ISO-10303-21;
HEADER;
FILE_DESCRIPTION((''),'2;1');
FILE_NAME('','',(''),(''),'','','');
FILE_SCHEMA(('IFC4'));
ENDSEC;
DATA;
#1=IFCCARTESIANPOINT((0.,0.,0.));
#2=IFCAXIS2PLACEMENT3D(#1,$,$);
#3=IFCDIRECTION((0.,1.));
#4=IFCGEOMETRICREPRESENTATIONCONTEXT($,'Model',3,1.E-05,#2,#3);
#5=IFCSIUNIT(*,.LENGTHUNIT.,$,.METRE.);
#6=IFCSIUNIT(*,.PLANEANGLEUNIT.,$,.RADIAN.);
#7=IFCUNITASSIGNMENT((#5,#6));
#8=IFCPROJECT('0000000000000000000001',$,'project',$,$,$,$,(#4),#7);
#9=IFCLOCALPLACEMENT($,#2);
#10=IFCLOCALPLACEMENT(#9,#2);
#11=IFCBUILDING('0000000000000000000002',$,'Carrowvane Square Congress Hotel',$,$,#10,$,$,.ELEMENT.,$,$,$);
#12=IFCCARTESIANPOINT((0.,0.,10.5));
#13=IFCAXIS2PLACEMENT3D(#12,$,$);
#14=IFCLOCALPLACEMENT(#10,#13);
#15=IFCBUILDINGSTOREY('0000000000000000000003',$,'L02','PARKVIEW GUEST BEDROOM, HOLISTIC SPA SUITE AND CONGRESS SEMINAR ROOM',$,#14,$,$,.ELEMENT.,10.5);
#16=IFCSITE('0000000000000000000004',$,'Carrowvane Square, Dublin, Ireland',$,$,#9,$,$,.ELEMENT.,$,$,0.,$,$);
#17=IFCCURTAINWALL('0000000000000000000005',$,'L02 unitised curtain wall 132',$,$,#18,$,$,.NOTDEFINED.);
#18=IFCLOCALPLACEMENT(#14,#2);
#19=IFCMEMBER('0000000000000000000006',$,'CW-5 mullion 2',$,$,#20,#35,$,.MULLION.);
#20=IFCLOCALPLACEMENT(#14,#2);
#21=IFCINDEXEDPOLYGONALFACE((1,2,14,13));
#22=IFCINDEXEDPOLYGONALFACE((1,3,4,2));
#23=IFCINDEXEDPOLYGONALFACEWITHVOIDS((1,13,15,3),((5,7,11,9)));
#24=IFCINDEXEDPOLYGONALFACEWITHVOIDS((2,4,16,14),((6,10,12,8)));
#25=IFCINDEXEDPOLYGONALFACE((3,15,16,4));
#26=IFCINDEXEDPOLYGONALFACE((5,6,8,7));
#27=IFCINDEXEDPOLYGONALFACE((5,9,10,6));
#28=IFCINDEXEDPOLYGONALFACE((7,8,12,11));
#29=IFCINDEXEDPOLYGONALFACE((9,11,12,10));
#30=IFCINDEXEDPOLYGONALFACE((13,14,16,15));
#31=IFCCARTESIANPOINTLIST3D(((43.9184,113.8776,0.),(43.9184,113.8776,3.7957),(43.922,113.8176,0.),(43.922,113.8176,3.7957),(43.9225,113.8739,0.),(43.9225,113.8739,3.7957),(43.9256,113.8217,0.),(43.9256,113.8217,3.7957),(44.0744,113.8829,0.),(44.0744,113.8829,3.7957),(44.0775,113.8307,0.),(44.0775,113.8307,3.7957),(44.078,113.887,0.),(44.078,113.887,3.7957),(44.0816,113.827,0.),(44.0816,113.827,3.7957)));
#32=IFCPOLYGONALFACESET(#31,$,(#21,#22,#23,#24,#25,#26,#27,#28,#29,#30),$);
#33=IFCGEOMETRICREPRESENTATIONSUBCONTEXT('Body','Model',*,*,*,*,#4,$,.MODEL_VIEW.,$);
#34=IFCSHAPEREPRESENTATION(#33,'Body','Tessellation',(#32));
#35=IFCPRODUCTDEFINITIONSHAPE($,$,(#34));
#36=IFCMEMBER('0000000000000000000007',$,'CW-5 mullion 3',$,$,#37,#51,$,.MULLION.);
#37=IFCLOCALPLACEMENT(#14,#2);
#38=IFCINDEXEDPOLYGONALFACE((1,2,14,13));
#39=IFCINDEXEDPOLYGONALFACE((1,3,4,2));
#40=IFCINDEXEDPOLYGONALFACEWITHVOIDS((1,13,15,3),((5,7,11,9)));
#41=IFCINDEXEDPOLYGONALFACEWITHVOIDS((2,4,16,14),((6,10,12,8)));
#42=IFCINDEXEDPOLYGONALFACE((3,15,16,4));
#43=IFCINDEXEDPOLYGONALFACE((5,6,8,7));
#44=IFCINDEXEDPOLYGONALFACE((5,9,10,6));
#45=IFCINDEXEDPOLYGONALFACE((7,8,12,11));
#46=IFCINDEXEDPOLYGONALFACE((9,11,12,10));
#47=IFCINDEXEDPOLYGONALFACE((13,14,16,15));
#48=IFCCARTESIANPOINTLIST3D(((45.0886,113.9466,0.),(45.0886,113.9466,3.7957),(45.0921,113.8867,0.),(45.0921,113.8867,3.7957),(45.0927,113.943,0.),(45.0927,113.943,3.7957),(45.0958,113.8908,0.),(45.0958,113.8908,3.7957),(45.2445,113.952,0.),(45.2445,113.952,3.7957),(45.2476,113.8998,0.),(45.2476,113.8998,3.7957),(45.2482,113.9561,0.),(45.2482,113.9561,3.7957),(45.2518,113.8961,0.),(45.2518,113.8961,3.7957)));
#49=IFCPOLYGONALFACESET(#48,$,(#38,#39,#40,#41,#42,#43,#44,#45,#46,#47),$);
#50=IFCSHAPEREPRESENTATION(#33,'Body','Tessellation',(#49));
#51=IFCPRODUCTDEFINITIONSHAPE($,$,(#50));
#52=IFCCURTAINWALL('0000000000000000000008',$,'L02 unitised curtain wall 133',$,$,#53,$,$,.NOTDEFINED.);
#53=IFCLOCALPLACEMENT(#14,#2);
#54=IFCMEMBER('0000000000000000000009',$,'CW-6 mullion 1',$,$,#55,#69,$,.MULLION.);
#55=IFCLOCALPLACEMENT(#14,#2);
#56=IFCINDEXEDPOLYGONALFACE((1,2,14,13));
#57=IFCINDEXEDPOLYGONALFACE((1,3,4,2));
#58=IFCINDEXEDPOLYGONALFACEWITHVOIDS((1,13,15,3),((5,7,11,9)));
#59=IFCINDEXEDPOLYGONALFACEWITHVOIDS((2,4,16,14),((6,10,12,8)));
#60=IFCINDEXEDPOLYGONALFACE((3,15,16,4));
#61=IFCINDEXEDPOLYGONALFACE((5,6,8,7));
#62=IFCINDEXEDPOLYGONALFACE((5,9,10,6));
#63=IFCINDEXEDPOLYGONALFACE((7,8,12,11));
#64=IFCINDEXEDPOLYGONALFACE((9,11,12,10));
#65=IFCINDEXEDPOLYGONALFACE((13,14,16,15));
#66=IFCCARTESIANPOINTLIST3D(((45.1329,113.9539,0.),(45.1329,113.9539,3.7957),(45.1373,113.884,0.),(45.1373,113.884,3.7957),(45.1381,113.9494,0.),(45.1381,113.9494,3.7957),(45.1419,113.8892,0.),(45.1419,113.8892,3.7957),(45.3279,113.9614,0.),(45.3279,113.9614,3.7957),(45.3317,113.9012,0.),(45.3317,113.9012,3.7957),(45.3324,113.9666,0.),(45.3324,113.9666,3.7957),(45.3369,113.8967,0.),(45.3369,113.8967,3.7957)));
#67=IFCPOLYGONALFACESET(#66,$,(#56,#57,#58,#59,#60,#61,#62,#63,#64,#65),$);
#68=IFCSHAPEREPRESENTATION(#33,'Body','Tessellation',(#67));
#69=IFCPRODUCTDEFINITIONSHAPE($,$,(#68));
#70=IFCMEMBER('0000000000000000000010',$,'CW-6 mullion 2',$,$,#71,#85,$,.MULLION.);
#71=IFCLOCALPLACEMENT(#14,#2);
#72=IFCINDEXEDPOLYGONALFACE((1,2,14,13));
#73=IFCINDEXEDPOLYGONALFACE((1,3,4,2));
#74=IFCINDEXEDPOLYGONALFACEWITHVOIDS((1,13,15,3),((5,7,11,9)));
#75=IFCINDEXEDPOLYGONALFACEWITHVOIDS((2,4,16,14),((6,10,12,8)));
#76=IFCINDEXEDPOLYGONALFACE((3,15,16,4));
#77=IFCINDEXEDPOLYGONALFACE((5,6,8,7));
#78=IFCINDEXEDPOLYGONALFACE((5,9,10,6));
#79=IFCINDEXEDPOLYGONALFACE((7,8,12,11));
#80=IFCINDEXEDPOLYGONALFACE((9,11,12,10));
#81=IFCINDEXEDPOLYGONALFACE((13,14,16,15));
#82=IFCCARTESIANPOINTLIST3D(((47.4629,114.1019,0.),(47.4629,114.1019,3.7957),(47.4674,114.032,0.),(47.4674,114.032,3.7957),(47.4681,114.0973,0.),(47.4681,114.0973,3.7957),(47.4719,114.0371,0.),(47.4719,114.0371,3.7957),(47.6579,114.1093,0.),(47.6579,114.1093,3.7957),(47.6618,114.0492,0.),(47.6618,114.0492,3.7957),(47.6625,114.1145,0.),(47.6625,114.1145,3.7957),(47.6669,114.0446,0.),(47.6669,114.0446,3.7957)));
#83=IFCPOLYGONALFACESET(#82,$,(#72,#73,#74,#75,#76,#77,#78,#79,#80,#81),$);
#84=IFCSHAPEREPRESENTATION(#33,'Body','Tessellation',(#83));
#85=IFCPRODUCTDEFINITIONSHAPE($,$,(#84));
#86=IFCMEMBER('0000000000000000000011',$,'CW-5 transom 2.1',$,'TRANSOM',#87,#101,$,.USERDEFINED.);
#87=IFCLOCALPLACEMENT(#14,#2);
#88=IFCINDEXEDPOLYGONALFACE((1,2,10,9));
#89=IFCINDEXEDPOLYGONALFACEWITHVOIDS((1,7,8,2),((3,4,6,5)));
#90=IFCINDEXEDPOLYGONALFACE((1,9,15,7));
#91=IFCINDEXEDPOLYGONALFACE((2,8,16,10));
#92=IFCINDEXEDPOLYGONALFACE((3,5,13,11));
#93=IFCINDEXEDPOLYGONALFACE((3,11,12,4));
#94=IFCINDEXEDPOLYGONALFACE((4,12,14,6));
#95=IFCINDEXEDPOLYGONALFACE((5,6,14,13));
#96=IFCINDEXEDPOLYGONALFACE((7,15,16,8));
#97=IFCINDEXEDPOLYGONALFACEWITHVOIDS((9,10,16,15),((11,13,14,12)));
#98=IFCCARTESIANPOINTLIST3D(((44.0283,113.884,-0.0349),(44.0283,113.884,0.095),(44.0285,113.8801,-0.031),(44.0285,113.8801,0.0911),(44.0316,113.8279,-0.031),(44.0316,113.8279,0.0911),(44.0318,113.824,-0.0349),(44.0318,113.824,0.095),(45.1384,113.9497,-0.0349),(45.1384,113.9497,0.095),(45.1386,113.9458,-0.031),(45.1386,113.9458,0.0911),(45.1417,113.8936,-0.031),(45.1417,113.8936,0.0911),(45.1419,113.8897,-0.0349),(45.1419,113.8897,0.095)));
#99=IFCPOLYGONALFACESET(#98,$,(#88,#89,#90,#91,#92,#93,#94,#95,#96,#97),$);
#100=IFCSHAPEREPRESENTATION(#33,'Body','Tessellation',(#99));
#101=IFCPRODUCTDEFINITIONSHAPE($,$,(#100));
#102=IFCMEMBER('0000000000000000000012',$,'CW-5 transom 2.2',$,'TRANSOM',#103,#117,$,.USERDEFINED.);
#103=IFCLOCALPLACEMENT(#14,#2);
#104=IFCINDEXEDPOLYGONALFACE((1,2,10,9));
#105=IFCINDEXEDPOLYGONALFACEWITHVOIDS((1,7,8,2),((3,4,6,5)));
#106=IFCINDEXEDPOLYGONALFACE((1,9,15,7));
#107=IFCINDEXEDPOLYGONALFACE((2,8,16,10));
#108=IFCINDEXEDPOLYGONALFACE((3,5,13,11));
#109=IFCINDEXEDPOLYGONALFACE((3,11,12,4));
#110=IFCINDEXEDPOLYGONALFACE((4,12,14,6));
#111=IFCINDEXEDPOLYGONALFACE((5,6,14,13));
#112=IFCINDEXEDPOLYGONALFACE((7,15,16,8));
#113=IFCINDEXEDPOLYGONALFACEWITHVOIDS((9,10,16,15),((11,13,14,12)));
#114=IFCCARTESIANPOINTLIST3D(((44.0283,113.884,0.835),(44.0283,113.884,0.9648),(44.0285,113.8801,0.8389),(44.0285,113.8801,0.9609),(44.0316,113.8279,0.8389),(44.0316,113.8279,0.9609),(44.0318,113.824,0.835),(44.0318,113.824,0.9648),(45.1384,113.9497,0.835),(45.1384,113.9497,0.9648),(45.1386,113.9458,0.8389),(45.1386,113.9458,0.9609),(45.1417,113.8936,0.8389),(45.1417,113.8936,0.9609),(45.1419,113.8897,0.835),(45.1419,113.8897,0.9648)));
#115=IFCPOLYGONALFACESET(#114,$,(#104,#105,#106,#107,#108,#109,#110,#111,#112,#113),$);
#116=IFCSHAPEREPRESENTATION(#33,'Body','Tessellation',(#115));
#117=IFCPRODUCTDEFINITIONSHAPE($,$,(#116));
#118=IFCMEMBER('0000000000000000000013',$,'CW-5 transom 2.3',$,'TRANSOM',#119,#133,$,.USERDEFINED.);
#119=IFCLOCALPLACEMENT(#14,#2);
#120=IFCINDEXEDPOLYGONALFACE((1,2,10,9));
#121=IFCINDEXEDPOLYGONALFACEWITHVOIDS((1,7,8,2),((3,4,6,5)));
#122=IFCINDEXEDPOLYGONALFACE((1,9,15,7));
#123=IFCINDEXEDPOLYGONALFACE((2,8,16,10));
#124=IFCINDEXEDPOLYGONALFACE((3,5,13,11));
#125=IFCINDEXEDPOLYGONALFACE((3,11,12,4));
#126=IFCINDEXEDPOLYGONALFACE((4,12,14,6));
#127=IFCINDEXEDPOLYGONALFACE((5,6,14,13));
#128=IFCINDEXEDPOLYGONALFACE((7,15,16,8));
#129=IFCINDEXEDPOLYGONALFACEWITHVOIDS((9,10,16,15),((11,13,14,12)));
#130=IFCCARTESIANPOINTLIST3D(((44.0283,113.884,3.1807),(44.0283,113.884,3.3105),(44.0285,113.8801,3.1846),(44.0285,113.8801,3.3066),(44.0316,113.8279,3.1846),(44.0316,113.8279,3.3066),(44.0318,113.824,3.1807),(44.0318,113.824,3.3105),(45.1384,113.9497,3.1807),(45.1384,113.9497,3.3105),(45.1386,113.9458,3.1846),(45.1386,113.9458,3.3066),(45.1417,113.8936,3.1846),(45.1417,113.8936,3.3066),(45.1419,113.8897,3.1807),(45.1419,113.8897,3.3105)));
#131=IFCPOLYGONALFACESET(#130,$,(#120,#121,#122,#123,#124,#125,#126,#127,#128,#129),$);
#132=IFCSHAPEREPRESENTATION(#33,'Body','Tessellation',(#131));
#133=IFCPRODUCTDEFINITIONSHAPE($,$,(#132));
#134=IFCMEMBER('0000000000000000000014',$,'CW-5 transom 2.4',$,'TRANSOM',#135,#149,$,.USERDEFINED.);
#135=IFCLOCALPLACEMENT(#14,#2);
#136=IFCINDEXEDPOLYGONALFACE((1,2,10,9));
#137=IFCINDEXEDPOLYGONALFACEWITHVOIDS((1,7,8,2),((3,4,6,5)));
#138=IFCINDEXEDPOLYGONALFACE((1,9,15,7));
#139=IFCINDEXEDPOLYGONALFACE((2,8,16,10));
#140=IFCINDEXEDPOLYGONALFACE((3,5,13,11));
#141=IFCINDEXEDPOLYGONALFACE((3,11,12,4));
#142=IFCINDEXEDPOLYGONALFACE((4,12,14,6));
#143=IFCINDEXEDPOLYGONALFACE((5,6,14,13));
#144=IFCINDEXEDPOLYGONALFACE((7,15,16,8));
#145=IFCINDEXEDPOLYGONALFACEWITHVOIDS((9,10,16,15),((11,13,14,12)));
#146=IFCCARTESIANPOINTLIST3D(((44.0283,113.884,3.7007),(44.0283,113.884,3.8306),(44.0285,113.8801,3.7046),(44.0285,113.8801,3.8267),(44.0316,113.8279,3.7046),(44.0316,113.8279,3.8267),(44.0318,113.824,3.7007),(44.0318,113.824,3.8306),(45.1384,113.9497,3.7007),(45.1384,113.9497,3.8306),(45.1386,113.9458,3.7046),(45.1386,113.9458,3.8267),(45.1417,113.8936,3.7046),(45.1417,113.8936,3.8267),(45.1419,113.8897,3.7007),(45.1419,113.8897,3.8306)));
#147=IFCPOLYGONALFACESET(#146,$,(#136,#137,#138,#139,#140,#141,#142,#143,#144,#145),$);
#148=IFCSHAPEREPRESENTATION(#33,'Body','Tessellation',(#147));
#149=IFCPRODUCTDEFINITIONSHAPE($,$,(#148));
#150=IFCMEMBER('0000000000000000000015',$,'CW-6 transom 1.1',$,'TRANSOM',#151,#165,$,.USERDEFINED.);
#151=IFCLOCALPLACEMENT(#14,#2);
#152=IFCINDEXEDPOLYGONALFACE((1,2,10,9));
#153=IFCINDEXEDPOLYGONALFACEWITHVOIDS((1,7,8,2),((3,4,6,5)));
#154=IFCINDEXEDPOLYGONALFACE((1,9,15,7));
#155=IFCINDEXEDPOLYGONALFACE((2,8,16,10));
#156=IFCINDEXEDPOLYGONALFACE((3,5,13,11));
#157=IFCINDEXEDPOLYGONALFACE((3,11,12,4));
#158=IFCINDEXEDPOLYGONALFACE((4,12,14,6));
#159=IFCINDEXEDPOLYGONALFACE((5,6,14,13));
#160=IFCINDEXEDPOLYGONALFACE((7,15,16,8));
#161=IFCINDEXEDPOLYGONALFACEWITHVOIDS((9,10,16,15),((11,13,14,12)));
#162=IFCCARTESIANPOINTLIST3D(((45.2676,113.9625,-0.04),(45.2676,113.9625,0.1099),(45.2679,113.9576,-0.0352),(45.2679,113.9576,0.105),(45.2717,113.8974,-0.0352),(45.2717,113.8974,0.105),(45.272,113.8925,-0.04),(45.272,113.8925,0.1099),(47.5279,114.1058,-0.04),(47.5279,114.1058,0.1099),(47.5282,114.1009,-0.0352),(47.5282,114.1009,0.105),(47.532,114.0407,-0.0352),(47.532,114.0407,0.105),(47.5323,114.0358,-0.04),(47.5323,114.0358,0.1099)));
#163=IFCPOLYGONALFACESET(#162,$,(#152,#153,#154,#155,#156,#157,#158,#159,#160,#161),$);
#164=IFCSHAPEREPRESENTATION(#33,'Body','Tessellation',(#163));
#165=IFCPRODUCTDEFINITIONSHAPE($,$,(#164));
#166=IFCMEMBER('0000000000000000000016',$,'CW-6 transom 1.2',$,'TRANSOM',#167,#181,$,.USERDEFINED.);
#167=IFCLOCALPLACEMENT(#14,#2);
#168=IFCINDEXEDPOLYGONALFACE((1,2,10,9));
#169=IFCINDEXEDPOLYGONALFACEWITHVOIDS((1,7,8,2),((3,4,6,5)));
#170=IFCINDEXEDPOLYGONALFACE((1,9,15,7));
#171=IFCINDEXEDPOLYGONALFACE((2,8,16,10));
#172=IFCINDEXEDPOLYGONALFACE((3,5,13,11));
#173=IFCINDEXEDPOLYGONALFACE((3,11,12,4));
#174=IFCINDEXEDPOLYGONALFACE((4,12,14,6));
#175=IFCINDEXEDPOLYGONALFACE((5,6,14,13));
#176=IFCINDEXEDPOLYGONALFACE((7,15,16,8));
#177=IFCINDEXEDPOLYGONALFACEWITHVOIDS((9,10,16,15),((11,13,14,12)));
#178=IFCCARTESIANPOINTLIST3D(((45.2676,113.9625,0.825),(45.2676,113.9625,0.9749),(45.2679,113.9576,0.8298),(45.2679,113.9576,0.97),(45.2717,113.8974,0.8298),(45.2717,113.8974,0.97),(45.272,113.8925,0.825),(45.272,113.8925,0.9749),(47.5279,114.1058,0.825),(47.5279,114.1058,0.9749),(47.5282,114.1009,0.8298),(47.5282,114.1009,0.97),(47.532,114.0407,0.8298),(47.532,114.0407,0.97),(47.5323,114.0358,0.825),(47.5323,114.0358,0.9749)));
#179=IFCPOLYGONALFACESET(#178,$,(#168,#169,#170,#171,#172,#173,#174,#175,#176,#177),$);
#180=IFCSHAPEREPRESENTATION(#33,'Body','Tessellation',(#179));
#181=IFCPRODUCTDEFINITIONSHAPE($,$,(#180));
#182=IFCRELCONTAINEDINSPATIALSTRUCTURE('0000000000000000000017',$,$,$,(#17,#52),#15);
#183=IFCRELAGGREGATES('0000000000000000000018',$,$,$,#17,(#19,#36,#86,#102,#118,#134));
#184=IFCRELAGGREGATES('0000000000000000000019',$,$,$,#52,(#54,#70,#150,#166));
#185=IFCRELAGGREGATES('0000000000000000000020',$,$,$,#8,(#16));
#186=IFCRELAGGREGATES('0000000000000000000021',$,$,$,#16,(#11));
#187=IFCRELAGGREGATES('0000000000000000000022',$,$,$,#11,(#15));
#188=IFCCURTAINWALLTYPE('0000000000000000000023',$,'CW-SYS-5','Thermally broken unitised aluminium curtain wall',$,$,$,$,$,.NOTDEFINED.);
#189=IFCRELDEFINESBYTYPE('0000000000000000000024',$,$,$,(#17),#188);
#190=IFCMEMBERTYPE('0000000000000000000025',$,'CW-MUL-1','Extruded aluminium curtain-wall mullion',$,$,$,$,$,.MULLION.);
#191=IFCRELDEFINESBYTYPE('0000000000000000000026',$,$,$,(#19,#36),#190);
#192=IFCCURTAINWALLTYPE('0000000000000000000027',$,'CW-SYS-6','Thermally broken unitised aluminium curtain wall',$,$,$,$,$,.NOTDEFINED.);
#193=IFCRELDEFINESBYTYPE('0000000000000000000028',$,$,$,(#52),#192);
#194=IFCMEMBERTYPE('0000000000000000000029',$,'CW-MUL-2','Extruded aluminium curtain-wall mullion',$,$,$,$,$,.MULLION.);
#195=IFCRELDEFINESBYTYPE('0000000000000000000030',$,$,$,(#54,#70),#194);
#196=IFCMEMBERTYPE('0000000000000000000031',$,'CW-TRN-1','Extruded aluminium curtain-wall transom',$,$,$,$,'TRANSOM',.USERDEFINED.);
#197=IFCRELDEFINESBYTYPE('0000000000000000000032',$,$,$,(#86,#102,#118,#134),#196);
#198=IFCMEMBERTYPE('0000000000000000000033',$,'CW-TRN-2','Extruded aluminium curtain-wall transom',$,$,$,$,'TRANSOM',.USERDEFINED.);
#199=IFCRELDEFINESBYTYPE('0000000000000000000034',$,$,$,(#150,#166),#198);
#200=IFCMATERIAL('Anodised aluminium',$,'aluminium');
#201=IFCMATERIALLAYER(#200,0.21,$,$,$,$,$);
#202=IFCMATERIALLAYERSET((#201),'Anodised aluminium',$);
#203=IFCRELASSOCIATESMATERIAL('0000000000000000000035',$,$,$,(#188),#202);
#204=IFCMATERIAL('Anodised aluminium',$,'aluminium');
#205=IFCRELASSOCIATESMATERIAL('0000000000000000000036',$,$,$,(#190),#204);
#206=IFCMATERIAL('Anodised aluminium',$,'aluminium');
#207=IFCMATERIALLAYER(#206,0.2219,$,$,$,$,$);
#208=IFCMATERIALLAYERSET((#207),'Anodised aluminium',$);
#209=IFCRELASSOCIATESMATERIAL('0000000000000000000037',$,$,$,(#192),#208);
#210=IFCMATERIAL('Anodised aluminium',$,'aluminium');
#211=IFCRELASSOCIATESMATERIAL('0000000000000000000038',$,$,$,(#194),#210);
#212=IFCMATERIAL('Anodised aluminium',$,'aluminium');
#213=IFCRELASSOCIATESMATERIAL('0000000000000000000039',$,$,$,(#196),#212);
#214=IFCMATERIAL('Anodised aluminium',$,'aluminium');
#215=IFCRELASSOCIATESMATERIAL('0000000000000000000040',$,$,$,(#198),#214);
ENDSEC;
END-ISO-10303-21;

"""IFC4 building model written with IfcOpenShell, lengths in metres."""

from ifc_helpers import new_model, si_unit, direction, frame, origin, origin_2d, place, context, subcontext, project, spatial, hollow_rectangle, extrude, material, layer, layer_set, material_profile, profile_set, type_object, element, aggregate, save


model = new_model("IFC4")

# Units and contexts
model_context = context("Model", 3, precision=1e-05, world=origin(), true_north=direction((0.0, 1.0)))
body_context = subcontext(model_context, "Body", "Model", "MODEL_VIEW")
ifc_project = project(units=[si_unit("LENGTHUNIT", "METRE"), si_unit("PLANEANGLEUNIT", "RADIAN")], contexts=[model_context])

# Site, building, storey
site_placement = place(None, origin())
site = spatial("IfcSite", under=ifc_project, at=site_placement, Name="Carrowvane Square, Dublin, Ireland", CompositionType="ELEMENT", RefElevation=0.0)
building_placement = place(site_placement, origin())
building = spatial("IfcBuilding", under=site, at=building_placement, Name="Carrowvane Square Congress Hotel", CompositionType="ELEMENT")
storey_placement = place(building_placement, frame((0.0, 0.0, 10.5)))
storey = spatial("IfcBuildingStorey", under=building, at=storey_placement, Name="L02", Description="PARKVIEW GUEST BEDROOM, HOLISTIC SPA SUITE AND CONGRESS SEMINAR ROOM", CompositionType="ELEMENT", Elevation=10.5)

# Curtain walls, members
ifc_material_1 = material(Name="Anodised aluminium", Category="aluminium")
ifc_layer_1 = layer(ifc_material_1, 0.21)
ifc_layer_set_1 = layer_set([ifc_layer_1], Name="Anodised aluminium")
curtain_wall_type_1 = type_object("IfcCurtainWallType", Name="CW-SYS-5", Description="Thermally broken unitised aluminium curtain wall", PredefinedType="NOTDEFINED", material=ifc_layer_set_1)
curtain_wall_1_placement = place(storey_placement, origin())
curtain_wall_1 = element("IfcCurtainWall", 1, at=curtain_wall_1_placement, inside=storey, type_object=curtain_wall_type_1, Name="L02 unitised curtain wall 132", PredefinedType="NOTDEFINED")
ifc_material_2 = material(Name="Anodised aluminium", Category="aluminium")
ifc_material_profile_1 = material_profile(ifc_material_2, hollow_rectangle(XDim=0.0601, YDim=0.1599, WallThickness=0.0039, at=origin_2d()), Name="CW-ML 60x160x4")
ifc_profile_set_1 = profile_set([ifc_material_profile_1], Name="Anodised aluminium")
member_type_1 = type_object("IfcMemberType", Name="CW-MUL-1", Description="Extruded aluminium curtain-wall mullion", PredefinedType="MULLION", material=ifc_profile_set_1)
member_1_placement = place(storey_placement, frame((44.0, 113.8523, 0.0), z_axis=(0.0, 0.0, 1.0), x_axis=(-0.058989, 0.998259, 0.0)))
member_1 = element("IfcMember", 2, at=member_1_placement, type_object=member_type_1, Name="CW-5 mullion 2", PredefinedType="MULLION", context=body_context, shape_type="SweptSolid", body=[
    extrude(hollow_rectangle(XDim=0.0601, YDim=0.1599, WallThickness=0.0039, at=origin_2d()), origin(), (0.0, 0.0, 1.0), 3.7957),
])
member_2_placement = place(storey_placement, frame((45.1702, 113.9214, 0.0), z_axis=(0.0, 0.0, 1.0), x_axis=(-0.058989, 0.998259, 0.0)))
member_2 = element("IfcMember", 3, at=member_2_placement, type_object=member_type_1, Name="CW-5 mullion 3", PredefinedType="MULLION", context=body_context, shape_type="SweptSolid", body=[
    extrude(hollow_rectangle(XDim=0.0601, YDim=0.1599, WallThickness=0.0039, at=origin_2d()), origin(), (0.0, 0.0, 1.0), 3.7957),
])
ifc_material_3 = material(Name="Anodised aluminium", Category="aluminium")
ifc_layer_2 = layer(ifc_material_3, 0.2219)
ifc_layer_set_2 = layer_set([ifc_layer_2], Name="Anodised aluminium")
curtain_wall_type_2 = type_object("IfcCurtainWallType", Name="CW-SYS-6", Description="Thermally broken unitised aluminium curtain wall", PredefinedType="NOTDEFINED", material=ifc_layer_set_2)
curtain_wall_2_placement = place(storey_placement, origin())
curtain_wall_2 = element("IfcCurtainWall", 4, at=curtain_wall_2_placement, inside=storey, type_object=curtain_wall_type_2, Name="L02 unitised curtain wall 133", PredefinedType="NOTDEFINED")
ifc_material_4 = material(Name="Anodised aluminium", Category="aluminium")
ifc_material_profile_2 = material_profile(ifc_material_4, hollow_rectangle(XDim=0.0701, YDim=0.2, WallThickness=0.0049, at=origin_2d()), Name="CW-ML 70x200x5")
ifc_profile_set_2 = profile_set([ifc_material_profile_2], Name="Anodised aluminium")
member_type_2 = type_object("IfcMemberType", Name="CW-MUL-2", Description="Extruded aluminium curtain-wall mullion", PredefinedType="MULLION", material=ifc_profile_set_2)
member_3_placement = place(storey_placement, frame((45.2349, 113.9253, 0.0), z_axis=(0.0, 0.0, 1.0), x_axis=(-0.063273, 0.997996, 0.0)))
member_3 = element("IfcMember", 5, at=member_3_placement, type_object=member_type_2, Name="CW-6 mullion 1", PredefinedType="MULLION", context=body_context, shape_type="SweptSolid", body=[
    extrude(hollow_rectangle(XDim=0.0701, YDim=0.2, WallThickness=0.0049, at=origin_2d()), origin(), (0.0, 0.0, 1.0), 3.7957),
])
member_4_placement = place(storey_placement, frame((47.5649, 114.0732, 0.0), z_axis=(0.0, 0.0, 1.0), x_axis=(-0.063273, 0.997996, 0.0)))
member_4 = element("IfcMember", 6, at=member_4_placement, type_object=member_type_2, Name="CW-6 mullion 2", PredefinedType="MULLION", context=body_context, shape_type="SweptSolid", body=[
    extrude(hollow_rectangle(XDim=0.0701, YDim=0.2, WallThickness=0.0049, at=origin_2d()), origin(), (0.0, 0.0, 1.0), 3.7957),
])

# Members
ifc_material_5 = material(Name="Anodised aluminium", Category="aluminium")
ifc_material_profile_3 = material_profile(ifc_material_5, hollow_rectangle(XDim=0.0601, YDim=0.1299, WallThickness=0.0039, at=origin_2d()), Name="CW-TR 60x130x4")
ifc_profile_set_3 = profile_set([ifc_material_profile_3], Name="Anodised aluminium")
member_type_3 = type_object("IfcMemberType", Name="CW-TRN-1", Description="Extruded aluminium curtain-wall transom", ElementType="TRANSOM", PredefinedType="USERDEFINED", material=ifc_profile_set_3)
member_5_placement = place(storey_placement, frame((44.03, 113.854, 0.03), z_axis=(0.998255, 0.059057, 0.0), x_axis=(-0.059057, 0.998255, 0.0)))
member_5 = element("IfcMember", 7, at=member_5_placement, type_object=member_type_3, Name="CW-5 transom 2.1", ObjectType="TRANSOM", PredefinedType="USERDEFINED", context=body_context, shape_type="SweptSolid", body=[
    extrude(hollow_rectangle(XDim=0.0601, YDim=0.1299, WallThickness=0.0039, at=origin_2d()), origin(), (0.0, 0.0, 1.0), 1.1121),
])
member_6_placement = place(storey_placement, frame((44.03, 113.854, 0.8999), z_axis=(0.998255, 0.059057, 0.0), x_axis=(-0.059057, 0.998255, 0.0)))
member_6 = element("IfcMember", 8, at=member_6_placement, type_object=member_type_3, Name="CW-5 transom 2.2", ObjectType="TRANSOM", PredefinedType="USERDEFINED", context=body_context, shape_type="SweptSolid", body=[
    extrude(hollow_rectangle(XDim=0.0601, YDim=0.1299, WallThickness=0.0039, at=origin_2d()), origin(), (0.0, 0.0, 1.0), 1.1121),
])
member_7_placement = place(storey_placement, frame((44.03, 113.854, 3.2456), z_axis=(0.998255, 0.059057, 0.0), x_axis=(-0.059057, 0.998255, 0.0)))
member_7 = element("IfcMember", 9, at=member_7_placement, type_object=member_type_3, Name="CW-5 transom 2.3", ObjectType="TRANSOM", PredefinedType="USERDEFINED", context=body_context, shape_type="SweptSolid", body=[
    extrude(hollow_rectangle(XDim=0.0601, YDim=0.1299, WallThickness=0.0039, at=origin_2d()), origin(), (0.0, 0.0, 1.0), 1.1121),
])
member_8_placement = place(storey_placement, frame((44.03, 113.854, 3.7656), z_axis=(0.998255, 0.059057, 0.0), x_axis=(-0.059057, 0.998255, 0.0)))
member_8 = element("IfcMember", 10, at=member_8_placement, type_object=member_type_3, Name="CW-5 transom 2.4", ObjectType="TRANSOM", PredefinedType="USERDEFINED", context=body_context, shape_type="SweptSolid", body=[
    extrude(hollow_rectangle(XDim=0.0601, YDim=0.1299, WallThickness=0.0039, at=origin_2d()), origin(), (0.0, 0.0, 1.0), 1.1121),
])
ifc_material_6 = material(Name="Anodised aluminium", Category="aluminium")
ifc_material_profile_4 = material_profile(ifc_material_6, hollow_rectangle(XDim=0.0701, YDim=0.1499, WallThickness=0.0049, at=origin_2d()), Name="CW-TR 70x150x5")
ifc_profile_set_4 = profile_set([ifc_material_profile_4], Name="Anodised aluminium")
member_type_4 = type_object("IfcMemberType", Name="CW-TRN-2", Description="Extruded aluminium curtain-wall transom", ElementType="TRANSOM", PredefinedType="USERDEFINED", material=ifc_profile_set_4)
member_9_placement = place(storey_placement, frame((45.2698, 113.9275, 0.0349), z_axis=(0.997996, 0.063278, 0.0), x_axis=(-0.063278, 0.997996, 0.0)))
member_9 = element("IfcMember", 11, at=member_9_placement, type_object=member_type_4, Name="CW-6 transom 1.1", ObjectType="TRANSOM", PredefinedType="USERDEFINED", context=body_context, shape_type="SweptSolid", body=[
    extrude(hollow_rectangle(XDim=0.0701, YDim=0.1499, WallThickness=0.0049, at=origin_2d()), origin(), (0.0, 0.0, 1.0), 2.2649),
])
member_10_placement = place(storey_placement, frame((45.2698, 113.9275, 0.8999), z_axis=(0.997996, 0.063278, 0.0), x_axis=(-0.063278, 0.997996, 0.0)))
member_10 = element("IfcMember", 12, at=member_10_placement, type_object=member_type_4, Name="CW-6 transom 1.2", ObjectType="TRANSOM", PredefinedType="USERDEFINED", context=body_context, shape_type="SweptSolid", body=[
    extrude(hollow_rectangle(XDim=0.0701, YDim=0.1499, WallThickness=0.0049, at=origin_2d()), origin(), (0.0, 0.0, 1.0), 2.2649),
])

aggregate(curtain_wall_1, [member_1, member_2, member_5, member_6, member_7, member_8])
aggregate(curtain_wall_2, [member_3, member_4, member_9, member_10])

save(model, "model.ifc")
